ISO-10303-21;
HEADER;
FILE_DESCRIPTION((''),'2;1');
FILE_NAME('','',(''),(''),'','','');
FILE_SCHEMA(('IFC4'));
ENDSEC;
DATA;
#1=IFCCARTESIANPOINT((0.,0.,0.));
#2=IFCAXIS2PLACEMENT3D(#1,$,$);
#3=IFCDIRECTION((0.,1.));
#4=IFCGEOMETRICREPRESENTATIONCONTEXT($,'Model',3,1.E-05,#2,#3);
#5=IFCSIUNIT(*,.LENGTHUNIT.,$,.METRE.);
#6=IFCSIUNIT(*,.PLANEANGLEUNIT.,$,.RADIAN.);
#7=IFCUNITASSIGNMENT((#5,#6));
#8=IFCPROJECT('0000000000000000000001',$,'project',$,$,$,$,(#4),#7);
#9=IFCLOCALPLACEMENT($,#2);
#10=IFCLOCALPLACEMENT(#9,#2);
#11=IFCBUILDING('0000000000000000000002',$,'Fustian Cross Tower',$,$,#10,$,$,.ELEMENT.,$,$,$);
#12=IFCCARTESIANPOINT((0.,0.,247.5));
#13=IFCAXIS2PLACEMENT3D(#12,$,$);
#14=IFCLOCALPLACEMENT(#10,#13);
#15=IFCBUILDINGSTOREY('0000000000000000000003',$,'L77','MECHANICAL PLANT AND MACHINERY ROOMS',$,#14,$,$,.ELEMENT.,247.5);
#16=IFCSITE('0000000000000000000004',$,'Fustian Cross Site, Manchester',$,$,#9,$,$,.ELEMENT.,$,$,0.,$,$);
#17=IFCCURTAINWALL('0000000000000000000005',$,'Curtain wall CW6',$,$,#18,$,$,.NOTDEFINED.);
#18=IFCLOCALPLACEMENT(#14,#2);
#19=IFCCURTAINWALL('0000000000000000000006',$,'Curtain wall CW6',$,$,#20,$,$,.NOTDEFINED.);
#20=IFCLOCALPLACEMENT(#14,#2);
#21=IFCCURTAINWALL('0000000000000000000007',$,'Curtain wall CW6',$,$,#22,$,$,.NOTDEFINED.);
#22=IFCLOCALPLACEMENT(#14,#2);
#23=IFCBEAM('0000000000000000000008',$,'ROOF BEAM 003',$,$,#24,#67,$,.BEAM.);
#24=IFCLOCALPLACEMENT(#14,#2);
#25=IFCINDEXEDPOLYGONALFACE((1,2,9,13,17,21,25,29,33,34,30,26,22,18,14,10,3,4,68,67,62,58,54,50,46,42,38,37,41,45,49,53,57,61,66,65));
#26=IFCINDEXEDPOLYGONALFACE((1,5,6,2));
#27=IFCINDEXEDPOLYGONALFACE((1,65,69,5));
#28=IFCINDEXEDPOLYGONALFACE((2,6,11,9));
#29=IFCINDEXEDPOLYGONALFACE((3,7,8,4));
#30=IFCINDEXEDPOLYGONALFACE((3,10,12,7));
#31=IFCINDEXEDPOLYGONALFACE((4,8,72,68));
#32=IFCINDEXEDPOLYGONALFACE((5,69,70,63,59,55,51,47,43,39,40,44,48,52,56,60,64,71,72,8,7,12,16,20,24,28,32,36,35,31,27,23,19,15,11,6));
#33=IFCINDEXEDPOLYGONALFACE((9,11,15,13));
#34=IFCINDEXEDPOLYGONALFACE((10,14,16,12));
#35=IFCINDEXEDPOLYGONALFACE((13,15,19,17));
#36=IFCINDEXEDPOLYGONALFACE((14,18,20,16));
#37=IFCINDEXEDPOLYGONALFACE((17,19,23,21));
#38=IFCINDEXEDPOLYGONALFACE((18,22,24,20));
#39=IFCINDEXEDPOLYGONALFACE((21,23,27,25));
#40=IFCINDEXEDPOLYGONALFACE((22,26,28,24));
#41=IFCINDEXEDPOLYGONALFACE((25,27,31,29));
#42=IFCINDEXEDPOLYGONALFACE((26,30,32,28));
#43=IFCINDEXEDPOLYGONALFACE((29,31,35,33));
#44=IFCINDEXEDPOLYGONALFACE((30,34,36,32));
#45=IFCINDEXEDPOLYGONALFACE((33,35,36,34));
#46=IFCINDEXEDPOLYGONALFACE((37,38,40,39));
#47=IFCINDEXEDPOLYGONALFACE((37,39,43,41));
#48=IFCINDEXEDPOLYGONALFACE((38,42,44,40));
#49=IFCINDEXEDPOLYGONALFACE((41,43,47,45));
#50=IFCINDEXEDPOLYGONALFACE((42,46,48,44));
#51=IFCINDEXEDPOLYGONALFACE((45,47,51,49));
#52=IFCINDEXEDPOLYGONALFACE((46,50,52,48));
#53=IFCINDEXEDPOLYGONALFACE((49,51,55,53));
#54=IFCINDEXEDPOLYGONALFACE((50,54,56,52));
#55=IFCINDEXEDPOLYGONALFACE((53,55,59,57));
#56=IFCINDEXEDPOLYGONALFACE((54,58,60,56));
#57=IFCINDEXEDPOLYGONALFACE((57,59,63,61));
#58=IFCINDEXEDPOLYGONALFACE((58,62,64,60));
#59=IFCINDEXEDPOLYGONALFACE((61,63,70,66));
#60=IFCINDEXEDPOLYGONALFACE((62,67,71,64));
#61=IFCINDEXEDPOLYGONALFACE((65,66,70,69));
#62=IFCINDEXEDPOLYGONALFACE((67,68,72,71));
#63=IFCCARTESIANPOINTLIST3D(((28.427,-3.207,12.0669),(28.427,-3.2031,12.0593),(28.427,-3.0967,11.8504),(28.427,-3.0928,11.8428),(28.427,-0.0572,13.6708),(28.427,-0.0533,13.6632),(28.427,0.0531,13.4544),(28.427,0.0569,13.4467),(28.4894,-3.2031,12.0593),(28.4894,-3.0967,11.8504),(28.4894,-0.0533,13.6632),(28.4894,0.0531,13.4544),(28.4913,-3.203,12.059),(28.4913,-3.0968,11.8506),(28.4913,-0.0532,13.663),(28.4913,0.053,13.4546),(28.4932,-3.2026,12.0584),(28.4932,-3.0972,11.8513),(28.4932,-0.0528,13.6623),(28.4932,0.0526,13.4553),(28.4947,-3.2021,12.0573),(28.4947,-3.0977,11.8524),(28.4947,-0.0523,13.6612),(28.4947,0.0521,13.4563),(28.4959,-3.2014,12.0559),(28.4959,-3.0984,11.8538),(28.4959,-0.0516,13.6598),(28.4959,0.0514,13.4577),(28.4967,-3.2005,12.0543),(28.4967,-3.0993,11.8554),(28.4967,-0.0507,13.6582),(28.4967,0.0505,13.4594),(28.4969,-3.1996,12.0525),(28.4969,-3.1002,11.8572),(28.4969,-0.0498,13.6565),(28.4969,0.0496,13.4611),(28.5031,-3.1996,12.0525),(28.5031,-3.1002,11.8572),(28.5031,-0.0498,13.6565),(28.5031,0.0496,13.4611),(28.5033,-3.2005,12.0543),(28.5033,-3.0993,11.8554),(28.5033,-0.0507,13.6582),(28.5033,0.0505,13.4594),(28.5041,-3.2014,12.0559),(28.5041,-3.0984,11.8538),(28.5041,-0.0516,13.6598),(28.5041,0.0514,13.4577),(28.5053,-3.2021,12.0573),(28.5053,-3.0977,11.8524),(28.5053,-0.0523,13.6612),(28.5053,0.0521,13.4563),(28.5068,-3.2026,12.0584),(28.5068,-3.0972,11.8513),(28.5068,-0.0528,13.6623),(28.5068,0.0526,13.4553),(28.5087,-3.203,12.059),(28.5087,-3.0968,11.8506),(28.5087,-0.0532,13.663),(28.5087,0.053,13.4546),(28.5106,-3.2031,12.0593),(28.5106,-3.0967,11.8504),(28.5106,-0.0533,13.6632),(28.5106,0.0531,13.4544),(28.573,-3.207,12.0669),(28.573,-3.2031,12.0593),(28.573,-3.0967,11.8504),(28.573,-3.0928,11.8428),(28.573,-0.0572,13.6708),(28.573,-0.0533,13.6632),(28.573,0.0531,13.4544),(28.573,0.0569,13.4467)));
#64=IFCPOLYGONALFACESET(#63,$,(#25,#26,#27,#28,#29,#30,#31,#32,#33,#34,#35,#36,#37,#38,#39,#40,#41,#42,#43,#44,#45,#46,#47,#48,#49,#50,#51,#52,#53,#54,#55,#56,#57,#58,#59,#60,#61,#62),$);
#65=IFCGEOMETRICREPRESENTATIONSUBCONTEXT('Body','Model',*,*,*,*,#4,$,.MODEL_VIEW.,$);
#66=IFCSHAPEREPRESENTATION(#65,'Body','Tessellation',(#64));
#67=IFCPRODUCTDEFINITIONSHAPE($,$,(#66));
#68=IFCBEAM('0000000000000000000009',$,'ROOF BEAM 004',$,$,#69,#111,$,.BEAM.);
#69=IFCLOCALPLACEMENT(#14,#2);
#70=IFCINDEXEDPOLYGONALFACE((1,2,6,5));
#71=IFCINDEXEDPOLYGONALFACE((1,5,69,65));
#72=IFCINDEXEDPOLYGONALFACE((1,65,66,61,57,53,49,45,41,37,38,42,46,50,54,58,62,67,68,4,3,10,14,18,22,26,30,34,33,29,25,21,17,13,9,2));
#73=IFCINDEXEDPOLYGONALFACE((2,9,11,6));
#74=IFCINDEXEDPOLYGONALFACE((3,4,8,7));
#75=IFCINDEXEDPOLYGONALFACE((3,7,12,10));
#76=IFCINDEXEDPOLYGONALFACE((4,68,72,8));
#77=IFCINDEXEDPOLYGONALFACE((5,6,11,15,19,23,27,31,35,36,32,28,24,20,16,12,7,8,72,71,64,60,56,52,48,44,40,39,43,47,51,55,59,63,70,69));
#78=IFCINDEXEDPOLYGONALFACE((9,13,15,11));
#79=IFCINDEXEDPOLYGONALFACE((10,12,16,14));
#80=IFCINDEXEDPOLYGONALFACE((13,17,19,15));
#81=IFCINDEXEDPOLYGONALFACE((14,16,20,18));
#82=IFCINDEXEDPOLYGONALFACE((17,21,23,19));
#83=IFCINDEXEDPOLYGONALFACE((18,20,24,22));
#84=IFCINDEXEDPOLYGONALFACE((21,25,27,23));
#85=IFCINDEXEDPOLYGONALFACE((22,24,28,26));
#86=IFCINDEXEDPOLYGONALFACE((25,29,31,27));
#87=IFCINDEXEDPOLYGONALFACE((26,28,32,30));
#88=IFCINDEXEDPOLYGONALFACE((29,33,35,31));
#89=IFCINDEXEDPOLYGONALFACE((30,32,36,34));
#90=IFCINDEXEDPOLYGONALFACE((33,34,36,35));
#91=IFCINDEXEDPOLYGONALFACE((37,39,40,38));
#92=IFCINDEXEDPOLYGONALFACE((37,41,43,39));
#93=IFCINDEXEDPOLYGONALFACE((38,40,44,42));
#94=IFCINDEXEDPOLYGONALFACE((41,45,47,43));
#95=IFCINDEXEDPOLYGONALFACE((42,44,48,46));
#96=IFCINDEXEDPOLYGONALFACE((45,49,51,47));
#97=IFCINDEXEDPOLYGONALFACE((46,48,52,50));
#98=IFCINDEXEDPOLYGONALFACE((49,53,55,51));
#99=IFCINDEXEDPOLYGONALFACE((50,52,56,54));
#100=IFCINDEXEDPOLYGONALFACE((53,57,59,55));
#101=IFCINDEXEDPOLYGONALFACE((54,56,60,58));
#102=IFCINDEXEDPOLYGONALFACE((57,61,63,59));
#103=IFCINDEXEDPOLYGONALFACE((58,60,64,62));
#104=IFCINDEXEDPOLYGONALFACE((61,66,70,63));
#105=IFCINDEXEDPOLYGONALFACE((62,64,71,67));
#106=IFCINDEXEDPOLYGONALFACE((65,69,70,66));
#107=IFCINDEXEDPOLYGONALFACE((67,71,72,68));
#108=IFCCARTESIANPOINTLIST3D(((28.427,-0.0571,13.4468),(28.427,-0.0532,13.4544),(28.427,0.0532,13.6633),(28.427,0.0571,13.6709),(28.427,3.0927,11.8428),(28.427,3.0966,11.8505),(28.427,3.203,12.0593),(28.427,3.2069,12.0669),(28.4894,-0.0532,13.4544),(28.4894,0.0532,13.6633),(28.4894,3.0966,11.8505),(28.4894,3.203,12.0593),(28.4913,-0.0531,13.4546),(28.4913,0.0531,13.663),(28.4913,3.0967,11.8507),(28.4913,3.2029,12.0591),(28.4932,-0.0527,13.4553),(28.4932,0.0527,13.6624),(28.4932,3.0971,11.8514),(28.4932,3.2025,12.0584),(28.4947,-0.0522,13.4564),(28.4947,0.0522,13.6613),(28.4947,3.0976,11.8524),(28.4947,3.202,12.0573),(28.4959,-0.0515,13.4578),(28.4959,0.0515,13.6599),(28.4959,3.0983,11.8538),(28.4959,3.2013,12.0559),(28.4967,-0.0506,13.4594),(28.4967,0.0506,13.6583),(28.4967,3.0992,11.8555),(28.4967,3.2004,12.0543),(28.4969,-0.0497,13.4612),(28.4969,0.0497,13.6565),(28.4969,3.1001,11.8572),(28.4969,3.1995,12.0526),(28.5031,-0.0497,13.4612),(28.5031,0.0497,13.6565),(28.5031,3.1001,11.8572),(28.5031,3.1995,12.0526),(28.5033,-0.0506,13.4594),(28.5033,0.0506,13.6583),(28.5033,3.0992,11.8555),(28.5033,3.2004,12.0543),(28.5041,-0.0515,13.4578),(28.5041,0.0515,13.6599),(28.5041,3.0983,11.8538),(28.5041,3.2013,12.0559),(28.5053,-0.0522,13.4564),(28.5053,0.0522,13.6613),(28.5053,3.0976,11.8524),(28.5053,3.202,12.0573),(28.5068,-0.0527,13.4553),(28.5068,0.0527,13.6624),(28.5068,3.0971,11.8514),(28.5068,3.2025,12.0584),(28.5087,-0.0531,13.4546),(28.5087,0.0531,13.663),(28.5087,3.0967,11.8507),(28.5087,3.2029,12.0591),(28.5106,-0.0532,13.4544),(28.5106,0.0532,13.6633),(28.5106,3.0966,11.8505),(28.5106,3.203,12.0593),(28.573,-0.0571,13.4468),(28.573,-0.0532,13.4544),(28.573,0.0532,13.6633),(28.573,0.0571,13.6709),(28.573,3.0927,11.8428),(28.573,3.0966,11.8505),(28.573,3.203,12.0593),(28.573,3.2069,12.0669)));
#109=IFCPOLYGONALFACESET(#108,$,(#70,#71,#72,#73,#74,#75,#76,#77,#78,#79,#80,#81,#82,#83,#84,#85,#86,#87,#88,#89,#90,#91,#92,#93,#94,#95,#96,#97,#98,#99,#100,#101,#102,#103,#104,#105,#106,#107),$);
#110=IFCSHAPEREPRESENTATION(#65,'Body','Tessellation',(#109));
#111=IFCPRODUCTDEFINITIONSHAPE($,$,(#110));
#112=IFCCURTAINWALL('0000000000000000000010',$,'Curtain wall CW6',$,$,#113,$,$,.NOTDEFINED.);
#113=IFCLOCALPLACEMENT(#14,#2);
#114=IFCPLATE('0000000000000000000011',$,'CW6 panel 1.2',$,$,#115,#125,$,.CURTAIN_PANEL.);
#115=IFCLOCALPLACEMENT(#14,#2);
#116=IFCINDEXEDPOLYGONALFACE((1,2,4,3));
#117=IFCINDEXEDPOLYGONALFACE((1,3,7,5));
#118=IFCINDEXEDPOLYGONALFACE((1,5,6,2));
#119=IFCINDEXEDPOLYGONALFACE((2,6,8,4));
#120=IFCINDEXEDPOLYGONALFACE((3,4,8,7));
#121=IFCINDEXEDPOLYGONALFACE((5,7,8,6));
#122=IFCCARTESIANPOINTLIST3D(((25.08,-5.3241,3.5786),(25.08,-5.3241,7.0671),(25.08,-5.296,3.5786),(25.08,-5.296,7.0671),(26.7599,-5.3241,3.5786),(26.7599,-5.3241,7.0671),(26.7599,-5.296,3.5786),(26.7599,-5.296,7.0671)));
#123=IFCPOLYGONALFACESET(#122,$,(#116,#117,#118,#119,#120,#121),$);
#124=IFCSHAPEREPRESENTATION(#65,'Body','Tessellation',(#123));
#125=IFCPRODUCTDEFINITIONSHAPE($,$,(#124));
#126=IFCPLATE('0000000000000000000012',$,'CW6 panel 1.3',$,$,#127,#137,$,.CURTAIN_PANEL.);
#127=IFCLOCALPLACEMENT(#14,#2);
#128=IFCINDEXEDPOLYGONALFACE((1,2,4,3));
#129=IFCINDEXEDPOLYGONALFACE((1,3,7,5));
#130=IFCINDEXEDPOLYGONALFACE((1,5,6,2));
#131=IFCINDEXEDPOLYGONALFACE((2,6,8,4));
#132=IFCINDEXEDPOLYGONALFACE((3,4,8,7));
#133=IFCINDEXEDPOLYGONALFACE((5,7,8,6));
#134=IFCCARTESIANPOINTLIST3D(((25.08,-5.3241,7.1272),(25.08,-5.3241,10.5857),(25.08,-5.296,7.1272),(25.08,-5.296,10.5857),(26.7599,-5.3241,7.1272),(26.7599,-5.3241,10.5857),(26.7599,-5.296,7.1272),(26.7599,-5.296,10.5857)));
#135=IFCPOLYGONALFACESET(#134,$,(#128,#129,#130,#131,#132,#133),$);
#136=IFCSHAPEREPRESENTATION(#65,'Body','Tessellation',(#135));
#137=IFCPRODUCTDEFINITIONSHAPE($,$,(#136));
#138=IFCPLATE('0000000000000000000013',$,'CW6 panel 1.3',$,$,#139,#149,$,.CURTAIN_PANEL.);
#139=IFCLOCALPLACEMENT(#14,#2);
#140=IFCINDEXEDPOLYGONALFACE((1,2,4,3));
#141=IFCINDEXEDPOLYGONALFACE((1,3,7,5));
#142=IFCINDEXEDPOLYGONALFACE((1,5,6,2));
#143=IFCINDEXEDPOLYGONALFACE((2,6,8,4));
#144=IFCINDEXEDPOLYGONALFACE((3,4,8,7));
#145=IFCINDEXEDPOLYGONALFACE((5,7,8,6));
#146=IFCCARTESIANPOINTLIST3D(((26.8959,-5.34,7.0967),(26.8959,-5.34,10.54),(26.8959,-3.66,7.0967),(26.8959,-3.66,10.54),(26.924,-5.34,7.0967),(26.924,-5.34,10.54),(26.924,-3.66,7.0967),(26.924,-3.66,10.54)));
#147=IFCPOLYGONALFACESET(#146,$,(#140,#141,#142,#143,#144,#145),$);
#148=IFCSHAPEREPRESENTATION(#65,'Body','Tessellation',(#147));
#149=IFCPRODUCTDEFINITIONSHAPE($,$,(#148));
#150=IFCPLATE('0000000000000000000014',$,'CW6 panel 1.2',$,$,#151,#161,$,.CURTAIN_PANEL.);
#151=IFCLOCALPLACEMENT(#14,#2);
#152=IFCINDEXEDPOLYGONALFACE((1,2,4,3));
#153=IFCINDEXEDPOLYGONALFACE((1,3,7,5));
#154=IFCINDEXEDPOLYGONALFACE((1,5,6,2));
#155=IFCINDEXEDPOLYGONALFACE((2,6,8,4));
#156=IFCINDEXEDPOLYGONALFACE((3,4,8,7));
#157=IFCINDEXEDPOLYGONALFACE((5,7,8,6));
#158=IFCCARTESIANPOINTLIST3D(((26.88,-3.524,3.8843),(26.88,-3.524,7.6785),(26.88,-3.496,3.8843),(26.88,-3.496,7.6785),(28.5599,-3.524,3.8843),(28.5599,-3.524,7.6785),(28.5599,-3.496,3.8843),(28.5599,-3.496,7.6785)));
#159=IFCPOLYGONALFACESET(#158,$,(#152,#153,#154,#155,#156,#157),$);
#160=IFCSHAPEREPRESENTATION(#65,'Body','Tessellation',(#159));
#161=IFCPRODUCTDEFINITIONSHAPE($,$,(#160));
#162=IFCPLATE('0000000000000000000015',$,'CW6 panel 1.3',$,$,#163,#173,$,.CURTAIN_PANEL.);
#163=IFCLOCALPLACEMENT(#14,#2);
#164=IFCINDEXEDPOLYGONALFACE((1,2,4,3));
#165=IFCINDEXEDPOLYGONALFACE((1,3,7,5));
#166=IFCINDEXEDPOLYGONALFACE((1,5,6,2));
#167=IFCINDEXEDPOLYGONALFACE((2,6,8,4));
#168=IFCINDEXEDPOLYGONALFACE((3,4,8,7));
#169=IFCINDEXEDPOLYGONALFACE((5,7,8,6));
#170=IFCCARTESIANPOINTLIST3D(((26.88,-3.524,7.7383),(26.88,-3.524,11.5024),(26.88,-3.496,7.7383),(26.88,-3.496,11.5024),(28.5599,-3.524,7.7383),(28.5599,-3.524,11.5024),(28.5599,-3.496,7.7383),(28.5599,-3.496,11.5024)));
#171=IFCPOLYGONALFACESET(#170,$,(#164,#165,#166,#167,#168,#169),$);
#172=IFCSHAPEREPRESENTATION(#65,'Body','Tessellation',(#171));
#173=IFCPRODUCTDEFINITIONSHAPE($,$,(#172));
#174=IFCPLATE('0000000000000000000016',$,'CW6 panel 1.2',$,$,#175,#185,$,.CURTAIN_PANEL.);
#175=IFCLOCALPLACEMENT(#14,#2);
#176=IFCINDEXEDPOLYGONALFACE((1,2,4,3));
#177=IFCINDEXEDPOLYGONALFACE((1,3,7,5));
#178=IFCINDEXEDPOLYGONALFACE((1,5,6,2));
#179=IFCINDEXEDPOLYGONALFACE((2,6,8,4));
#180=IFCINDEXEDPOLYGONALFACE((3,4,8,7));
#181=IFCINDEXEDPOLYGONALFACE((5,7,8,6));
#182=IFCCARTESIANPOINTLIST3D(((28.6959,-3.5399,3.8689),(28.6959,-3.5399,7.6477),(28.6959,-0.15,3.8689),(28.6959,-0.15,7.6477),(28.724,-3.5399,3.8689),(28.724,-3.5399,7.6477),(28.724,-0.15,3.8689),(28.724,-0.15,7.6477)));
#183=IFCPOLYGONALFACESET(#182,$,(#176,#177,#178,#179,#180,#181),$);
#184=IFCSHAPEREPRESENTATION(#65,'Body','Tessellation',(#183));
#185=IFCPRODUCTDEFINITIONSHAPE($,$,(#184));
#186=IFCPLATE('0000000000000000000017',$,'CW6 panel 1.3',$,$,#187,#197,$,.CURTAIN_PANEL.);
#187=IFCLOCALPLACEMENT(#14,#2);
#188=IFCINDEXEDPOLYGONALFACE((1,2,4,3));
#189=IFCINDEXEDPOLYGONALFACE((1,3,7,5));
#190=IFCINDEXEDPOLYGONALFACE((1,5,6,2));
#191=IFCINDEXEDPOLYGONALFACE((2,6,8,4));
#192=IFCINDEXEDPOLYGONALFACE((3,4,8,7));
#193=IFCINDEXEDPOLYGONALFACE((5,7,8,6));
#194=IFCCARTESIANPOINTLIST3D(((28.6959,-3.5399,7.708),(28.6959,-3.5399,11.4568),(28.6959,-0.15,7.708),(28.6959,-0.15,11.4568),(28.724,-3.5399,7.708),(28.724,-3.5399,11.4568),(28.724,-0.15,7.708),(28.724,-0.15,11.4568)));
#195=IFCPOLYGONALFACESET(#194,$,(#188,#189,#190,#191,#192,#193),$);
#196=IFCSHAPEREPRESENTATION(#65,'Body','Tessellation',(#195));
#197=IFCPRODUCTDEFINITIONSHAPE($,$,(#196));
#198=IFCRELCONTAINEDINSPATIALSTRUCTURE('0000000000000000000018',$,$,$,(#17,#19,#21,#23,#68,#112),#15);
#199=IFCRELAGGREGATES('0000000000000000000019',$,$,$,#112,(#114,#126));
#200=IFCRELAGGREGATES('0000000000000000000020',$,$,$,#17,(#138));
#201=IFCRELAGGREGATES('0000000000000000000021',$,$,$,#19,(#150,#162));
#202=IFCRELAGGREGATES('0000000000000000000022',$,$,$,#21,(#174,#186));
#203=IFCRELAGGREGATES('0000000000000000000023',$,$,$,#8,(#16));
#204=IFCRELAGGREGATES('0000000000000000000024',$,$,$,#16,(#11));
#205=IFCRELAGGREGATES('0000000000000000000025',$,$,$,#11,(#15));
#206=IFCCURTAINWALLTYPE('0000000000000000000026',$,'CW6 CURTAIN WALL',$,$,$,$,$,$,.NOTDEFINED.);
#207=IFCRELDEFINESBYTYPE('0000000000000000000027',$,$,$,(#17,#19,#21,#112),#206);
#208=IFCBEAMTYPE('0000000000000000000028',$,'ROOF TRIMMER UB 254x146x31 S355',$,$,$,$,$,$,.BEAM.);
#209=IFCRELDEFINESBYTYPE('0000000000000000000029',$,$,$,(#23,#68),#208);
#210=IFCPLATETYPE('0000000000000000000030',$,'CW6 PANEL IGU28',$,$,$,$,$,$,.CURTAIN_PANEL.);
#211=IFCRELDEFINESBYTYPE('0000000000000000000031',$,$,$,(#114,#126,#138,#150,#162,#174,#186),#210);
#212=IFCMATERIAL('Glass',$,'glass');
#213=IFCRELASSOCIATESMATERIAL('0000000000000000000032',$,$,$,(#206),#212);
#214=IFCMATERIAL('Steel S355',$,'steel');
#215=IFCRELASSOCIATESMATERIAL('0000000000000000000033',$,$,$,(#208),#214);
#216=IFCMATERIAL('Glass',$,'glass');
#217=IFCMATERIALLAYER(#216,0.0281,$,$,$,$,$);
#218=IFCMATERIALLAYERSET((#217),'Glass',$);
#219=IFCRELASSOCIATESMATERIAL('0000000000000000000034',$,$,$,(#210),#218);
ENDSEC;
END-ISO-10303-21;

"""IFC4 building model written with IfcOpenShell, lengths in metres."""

from ifc_helpers import new_model, si_unit, direction, frame, origin, origin_2d, place, context, subcontext, project, spatial, rectangle, i_section, extrude, material, layer, layer_set, material_profile, profile_set, type_object, element, aggregate, save


model = new_model("IFC4")

# Units and contexts
model_context = context("Model", 3, precision=1e-05, world=origin(), true_north=direction((0.0, 1.0)))
body_context = subcontext(model_context, "Body", "Model", "MODEL_VIEW")
ifc_project = project(units=[si_unit("LENGTHUNIT", "METRE"), si_unit("PLANEANGLEUNIT", "RADIAN")], contexts=[model_context])

# Site, building, storey
site_placement = place(None, origin())
site = spatial("IfcSite", under=ifc_project, at=site_placement, Name="Fustian Cross Site, Manchester", CompositionType="ELEMENT", RefElevation=0.0)
building_placement = place(site_placement, origin())
building = spatial("IfcBuilding", under=site, at=building_placement, Name="Fustian Cross Tower", CompositionType="ELEMENT")
storey_placement = place(building_placement, frame((0.0, 0.0, 247.5)))
storey = spatial("IfcBuildingStorey", under=building, at=storey_placement, Name="L77", Description="MECHANICAL PLANT AND MACHINERY ROOMS", CompositionType="ELEMENT", Elevation=247.5)

# Curtain walls
ifc_material_1 = material(Name="Glass", Category="glass")
curtain_wall_type = type_object("IfcCurtainWallType", Name="CW6 CURTAIN WALL", PredefinedType="NOTDEFINED", material=ifc_material_1)
curtain_wall_1_placement = place(storey_placement, origin())
curtain_wall_1 = element("IfcCurtainWall", 1, at=curtain_wall_1_placement, inside=storey, type_object=curtain_wall_type, Name="Curtain wall CW6", PredefinedType="NOTDEFINED")
curtain_wall_2_placement = place(storey_placement, origin())
curtain_wall_2 = element("IfcCurtainWall", 2, at=curtain_wall_2_placement, inside=storey, type_object=curtain_wall_type, Name="Curtain wall CW6", PredefinedType="NOTDEFINED")
curtain_wall_3_placement = place(storey_placement, origin())
curtain_wall_3 = element("IfcCurtainWall", 3, at=curtain_wall_3_placement, inside=storey, type_object=curtain_wall_type, Name="Curtain wall CW6", PredefinedType="NOTDEFINED")

# Beams
ifc_material_2 = material(Name="Steel S355", Category="steel")
ifc_material_profile_1 = material_profile(ifc_material_2, i_section(OverallWidth=0.146, OverallDepth=0.2515, WebThickness=0.0061, FlangeThickness=0.0085, FilletRadius=0.0076, at=origin_2d()), Name="UB 254x146x31")
ifc_profile_set_1 = profile_set([ifc_material_profile_1], Name="Steel S355")
beam_type = type_object("IfcBeamType", Name="ROOF TRIMMER UB 254x146x31 S355", PredefinedType="BEAM", material=ifc_profile_set_1)
for number, where, z_axis, x_axis, name in (
    (4, (28.5, -3.1499, 11.9548), (0.0, 0.891115, 0.453777), (-1.0, 0.0, 0.0), "ROOF BEAM 003"),
    (5, (28.5, 0.0, 13.5588), (0.0, 0.891115, -0.453777), (-1.0, 0.0, 0.0), "ROOF BEAM 004"),
):
    element("IfcBeam", number, at=place(storey_placement, frame(where, z_axis=z_axis, x_axis=x_axis)), inside=storey, type_object=beam_type, Name=name, PredefinedType="BEAM", context=body_context, shape_type="SweptSolid", body=[
        extrude(i_section(OverallWidth=0.146, OverallDepth=0.2515, WebThickness=0.0061, FlangeThickness=0.0085, FilletRadius=0.0076, at=origin_2d()), origin(), (0.0, 0.0, 1.0), 3.5347),
    ])

# Curtain wall, plates
curtain_wall_4_placement = place(storey_placement, origin())
curtain_wall_4 = element("IfcCurtainWall", 6, at=curtain_wall_4_placement, inside=storey, type_object=curtain_wall_type, Name="Curtain wall CW6", PredefinedType="NOTDEFINED")
ifc_material_3 = material(Name="Glass", Category="glass")
ifc_layer_1 = layer(ifc_material_3, 0.0281)
ifc_layer_set_1 = layer_set([ifc_layer_1], Name="Glass")
plate_type = type_object("IfcPlateType", Name="CW6 PANEL IGU28", PredefinedType="CURTAIN_PANEL", material=ifc_layer_set_1)
plate_1_placement = place(storey_placement, frame((25.9199, -5.3101, 3.5786), z_axis=(0.0, 0.0, 1.0), x_axis=(1.0, 0.0, 0.0)))
plate_1 = element("IfcPlate", 7, at=plate_1_placement, type_object=plate_type, Name="CW6 panel 1.2", PredefinedType="CURTAIN_PANEL", context=body_context, shape_type="SweptSolid", body=[
    extrude(rectangle(XDim=1.6799, YDim=0.0281, at=origin_2d()), origin(), (0.0, 0.0, 1.0), 3.4885),
])
plate_2_placement = place(storey_placement, frame((25.9199, -5.3101, 7.1272), z_axis=(0.0, 0.0, 1.0), x_axis=(1.0, 0.0, 0.0)))
plate_2 = element("IfcPlate", 8, at=plate_2_placement, type_object=plate_type, Name="CW6 panel 1.3", PredefinedType="CURTAIN_PANEL", context=body_context, shape_type="SweptSolid", body=[
    extrude(rectangle(XDim=1.6799, YDim=0.0281, at=origin_2d()), origin(), (0.0, 0.0, 1.0), 3.4585),
])
aggregate(curtain_wall_4, [plate_1, plate_2])

# Plates
plate_3_placement = place(storey_placement, frame((26.9099, -4.5, 7.0967), z_axis=(0.0, 0.0, 1.0), x_axis=(0.0, 1.0, 0.0)))
plate_3 = element("IfcPlate", 9, at=plate_3_placement, type_object=plate_type, Name="CW6 panel 1.3", PredefinedType="CURTAIN_PANEL", context=body_context, shape_type="SweptSolid", body=[
    extrude(rectangle(XDim=1.6799, YDim=0.0281, at=origin_2d()), origin(), (0.0, 0.0, 1.0), 3.4434),
])
aggregate(curtain_wall_1, [plate_3])
plate_4_placement = place(storey_placement, frame((27.72, -3.51, 3.8843), z_axis=(0.0, 0.0, 1.0), x_axis=(1.0, 0.0, 0.0)))
plate_4 = element("IfcPlate", 10, at=plate_4_placement, type_object=plate_type, Name="CW6 panel 1.2", PredefinedType="CURTAIN_PANEL", context=body_context, shape_type="SweptSolid", body=[
    extrude(rectangle(XDim=1.6799, YDim=0.0281, at=origin_2d()), origin(), (0.0, 0.0, 1.0), 3.7942),
])
plate_5_placement = place(storey_placement, frame((27.72, -3.51, 7.7383), z_axis=(0.0, 0.0, 1.0), x_axis=(1.0, 0.0, 0.0)))
plate_5 = element("IfcPlate", 11, at=plate_5_placement, type_object=plate_type, Name="CW6 panel 1.3", PredefinedType="CURTAIN_PANEL", context=body_context, shape_type="SweptSolid", body=[
    extrude(rectangle(XDim=1.6799, YDim=0.0281, at=origin_2d()), origin(), (0.0, 0.0, 1.0), 3.7642),
])
aggregate(curtain_wall_2, [plate_4, plate_5])
plate_6_placement = place(storey_placement, frame((28.71, -1.845, 3.8689), z_axis=(0.0, 0.0, 1.0), x_axis=(0.0, 1.0, 0.0)))
plate_6 = element("IfcPlate", 12, at=plate_6_placement, type_object=plate_type, Name="CW6 panel 1.2", PredefinedType="CURTAIN_PANEL", context=body_context, shape_type="SweptSolid", body=[
    extrude(rectangle(XDim=3.3899, YDim=0.0281, at=origin_2d()), origin(), (0.0, 0.0, 1.0), 3.7788),
])
plate_7_placement = place(storey_placement, frame((28.71, -1.845, 7.708), z_axis=(0.0, 0.0, 1.0), x_axis=(0.0, 1.0, 0.0)))
plate_7 = element("IfcPlate", 13, at=plate_7_placement, type_object=plate_type, Name="CW6 panel 1.3", PredefinedType="CURTAIN_PANEL", context=body_context, shape_type="SweptSolid", body=[
    extrude(rectangle(XDim=3.3899, YDim=0.0281, at=origin_2d()), origin(), (0.0, 0.0, 1.0), 3.7488),
])
aggregate(curtain_wall_3, [plate_6, plate_7])

save(model, "model.ifc")
